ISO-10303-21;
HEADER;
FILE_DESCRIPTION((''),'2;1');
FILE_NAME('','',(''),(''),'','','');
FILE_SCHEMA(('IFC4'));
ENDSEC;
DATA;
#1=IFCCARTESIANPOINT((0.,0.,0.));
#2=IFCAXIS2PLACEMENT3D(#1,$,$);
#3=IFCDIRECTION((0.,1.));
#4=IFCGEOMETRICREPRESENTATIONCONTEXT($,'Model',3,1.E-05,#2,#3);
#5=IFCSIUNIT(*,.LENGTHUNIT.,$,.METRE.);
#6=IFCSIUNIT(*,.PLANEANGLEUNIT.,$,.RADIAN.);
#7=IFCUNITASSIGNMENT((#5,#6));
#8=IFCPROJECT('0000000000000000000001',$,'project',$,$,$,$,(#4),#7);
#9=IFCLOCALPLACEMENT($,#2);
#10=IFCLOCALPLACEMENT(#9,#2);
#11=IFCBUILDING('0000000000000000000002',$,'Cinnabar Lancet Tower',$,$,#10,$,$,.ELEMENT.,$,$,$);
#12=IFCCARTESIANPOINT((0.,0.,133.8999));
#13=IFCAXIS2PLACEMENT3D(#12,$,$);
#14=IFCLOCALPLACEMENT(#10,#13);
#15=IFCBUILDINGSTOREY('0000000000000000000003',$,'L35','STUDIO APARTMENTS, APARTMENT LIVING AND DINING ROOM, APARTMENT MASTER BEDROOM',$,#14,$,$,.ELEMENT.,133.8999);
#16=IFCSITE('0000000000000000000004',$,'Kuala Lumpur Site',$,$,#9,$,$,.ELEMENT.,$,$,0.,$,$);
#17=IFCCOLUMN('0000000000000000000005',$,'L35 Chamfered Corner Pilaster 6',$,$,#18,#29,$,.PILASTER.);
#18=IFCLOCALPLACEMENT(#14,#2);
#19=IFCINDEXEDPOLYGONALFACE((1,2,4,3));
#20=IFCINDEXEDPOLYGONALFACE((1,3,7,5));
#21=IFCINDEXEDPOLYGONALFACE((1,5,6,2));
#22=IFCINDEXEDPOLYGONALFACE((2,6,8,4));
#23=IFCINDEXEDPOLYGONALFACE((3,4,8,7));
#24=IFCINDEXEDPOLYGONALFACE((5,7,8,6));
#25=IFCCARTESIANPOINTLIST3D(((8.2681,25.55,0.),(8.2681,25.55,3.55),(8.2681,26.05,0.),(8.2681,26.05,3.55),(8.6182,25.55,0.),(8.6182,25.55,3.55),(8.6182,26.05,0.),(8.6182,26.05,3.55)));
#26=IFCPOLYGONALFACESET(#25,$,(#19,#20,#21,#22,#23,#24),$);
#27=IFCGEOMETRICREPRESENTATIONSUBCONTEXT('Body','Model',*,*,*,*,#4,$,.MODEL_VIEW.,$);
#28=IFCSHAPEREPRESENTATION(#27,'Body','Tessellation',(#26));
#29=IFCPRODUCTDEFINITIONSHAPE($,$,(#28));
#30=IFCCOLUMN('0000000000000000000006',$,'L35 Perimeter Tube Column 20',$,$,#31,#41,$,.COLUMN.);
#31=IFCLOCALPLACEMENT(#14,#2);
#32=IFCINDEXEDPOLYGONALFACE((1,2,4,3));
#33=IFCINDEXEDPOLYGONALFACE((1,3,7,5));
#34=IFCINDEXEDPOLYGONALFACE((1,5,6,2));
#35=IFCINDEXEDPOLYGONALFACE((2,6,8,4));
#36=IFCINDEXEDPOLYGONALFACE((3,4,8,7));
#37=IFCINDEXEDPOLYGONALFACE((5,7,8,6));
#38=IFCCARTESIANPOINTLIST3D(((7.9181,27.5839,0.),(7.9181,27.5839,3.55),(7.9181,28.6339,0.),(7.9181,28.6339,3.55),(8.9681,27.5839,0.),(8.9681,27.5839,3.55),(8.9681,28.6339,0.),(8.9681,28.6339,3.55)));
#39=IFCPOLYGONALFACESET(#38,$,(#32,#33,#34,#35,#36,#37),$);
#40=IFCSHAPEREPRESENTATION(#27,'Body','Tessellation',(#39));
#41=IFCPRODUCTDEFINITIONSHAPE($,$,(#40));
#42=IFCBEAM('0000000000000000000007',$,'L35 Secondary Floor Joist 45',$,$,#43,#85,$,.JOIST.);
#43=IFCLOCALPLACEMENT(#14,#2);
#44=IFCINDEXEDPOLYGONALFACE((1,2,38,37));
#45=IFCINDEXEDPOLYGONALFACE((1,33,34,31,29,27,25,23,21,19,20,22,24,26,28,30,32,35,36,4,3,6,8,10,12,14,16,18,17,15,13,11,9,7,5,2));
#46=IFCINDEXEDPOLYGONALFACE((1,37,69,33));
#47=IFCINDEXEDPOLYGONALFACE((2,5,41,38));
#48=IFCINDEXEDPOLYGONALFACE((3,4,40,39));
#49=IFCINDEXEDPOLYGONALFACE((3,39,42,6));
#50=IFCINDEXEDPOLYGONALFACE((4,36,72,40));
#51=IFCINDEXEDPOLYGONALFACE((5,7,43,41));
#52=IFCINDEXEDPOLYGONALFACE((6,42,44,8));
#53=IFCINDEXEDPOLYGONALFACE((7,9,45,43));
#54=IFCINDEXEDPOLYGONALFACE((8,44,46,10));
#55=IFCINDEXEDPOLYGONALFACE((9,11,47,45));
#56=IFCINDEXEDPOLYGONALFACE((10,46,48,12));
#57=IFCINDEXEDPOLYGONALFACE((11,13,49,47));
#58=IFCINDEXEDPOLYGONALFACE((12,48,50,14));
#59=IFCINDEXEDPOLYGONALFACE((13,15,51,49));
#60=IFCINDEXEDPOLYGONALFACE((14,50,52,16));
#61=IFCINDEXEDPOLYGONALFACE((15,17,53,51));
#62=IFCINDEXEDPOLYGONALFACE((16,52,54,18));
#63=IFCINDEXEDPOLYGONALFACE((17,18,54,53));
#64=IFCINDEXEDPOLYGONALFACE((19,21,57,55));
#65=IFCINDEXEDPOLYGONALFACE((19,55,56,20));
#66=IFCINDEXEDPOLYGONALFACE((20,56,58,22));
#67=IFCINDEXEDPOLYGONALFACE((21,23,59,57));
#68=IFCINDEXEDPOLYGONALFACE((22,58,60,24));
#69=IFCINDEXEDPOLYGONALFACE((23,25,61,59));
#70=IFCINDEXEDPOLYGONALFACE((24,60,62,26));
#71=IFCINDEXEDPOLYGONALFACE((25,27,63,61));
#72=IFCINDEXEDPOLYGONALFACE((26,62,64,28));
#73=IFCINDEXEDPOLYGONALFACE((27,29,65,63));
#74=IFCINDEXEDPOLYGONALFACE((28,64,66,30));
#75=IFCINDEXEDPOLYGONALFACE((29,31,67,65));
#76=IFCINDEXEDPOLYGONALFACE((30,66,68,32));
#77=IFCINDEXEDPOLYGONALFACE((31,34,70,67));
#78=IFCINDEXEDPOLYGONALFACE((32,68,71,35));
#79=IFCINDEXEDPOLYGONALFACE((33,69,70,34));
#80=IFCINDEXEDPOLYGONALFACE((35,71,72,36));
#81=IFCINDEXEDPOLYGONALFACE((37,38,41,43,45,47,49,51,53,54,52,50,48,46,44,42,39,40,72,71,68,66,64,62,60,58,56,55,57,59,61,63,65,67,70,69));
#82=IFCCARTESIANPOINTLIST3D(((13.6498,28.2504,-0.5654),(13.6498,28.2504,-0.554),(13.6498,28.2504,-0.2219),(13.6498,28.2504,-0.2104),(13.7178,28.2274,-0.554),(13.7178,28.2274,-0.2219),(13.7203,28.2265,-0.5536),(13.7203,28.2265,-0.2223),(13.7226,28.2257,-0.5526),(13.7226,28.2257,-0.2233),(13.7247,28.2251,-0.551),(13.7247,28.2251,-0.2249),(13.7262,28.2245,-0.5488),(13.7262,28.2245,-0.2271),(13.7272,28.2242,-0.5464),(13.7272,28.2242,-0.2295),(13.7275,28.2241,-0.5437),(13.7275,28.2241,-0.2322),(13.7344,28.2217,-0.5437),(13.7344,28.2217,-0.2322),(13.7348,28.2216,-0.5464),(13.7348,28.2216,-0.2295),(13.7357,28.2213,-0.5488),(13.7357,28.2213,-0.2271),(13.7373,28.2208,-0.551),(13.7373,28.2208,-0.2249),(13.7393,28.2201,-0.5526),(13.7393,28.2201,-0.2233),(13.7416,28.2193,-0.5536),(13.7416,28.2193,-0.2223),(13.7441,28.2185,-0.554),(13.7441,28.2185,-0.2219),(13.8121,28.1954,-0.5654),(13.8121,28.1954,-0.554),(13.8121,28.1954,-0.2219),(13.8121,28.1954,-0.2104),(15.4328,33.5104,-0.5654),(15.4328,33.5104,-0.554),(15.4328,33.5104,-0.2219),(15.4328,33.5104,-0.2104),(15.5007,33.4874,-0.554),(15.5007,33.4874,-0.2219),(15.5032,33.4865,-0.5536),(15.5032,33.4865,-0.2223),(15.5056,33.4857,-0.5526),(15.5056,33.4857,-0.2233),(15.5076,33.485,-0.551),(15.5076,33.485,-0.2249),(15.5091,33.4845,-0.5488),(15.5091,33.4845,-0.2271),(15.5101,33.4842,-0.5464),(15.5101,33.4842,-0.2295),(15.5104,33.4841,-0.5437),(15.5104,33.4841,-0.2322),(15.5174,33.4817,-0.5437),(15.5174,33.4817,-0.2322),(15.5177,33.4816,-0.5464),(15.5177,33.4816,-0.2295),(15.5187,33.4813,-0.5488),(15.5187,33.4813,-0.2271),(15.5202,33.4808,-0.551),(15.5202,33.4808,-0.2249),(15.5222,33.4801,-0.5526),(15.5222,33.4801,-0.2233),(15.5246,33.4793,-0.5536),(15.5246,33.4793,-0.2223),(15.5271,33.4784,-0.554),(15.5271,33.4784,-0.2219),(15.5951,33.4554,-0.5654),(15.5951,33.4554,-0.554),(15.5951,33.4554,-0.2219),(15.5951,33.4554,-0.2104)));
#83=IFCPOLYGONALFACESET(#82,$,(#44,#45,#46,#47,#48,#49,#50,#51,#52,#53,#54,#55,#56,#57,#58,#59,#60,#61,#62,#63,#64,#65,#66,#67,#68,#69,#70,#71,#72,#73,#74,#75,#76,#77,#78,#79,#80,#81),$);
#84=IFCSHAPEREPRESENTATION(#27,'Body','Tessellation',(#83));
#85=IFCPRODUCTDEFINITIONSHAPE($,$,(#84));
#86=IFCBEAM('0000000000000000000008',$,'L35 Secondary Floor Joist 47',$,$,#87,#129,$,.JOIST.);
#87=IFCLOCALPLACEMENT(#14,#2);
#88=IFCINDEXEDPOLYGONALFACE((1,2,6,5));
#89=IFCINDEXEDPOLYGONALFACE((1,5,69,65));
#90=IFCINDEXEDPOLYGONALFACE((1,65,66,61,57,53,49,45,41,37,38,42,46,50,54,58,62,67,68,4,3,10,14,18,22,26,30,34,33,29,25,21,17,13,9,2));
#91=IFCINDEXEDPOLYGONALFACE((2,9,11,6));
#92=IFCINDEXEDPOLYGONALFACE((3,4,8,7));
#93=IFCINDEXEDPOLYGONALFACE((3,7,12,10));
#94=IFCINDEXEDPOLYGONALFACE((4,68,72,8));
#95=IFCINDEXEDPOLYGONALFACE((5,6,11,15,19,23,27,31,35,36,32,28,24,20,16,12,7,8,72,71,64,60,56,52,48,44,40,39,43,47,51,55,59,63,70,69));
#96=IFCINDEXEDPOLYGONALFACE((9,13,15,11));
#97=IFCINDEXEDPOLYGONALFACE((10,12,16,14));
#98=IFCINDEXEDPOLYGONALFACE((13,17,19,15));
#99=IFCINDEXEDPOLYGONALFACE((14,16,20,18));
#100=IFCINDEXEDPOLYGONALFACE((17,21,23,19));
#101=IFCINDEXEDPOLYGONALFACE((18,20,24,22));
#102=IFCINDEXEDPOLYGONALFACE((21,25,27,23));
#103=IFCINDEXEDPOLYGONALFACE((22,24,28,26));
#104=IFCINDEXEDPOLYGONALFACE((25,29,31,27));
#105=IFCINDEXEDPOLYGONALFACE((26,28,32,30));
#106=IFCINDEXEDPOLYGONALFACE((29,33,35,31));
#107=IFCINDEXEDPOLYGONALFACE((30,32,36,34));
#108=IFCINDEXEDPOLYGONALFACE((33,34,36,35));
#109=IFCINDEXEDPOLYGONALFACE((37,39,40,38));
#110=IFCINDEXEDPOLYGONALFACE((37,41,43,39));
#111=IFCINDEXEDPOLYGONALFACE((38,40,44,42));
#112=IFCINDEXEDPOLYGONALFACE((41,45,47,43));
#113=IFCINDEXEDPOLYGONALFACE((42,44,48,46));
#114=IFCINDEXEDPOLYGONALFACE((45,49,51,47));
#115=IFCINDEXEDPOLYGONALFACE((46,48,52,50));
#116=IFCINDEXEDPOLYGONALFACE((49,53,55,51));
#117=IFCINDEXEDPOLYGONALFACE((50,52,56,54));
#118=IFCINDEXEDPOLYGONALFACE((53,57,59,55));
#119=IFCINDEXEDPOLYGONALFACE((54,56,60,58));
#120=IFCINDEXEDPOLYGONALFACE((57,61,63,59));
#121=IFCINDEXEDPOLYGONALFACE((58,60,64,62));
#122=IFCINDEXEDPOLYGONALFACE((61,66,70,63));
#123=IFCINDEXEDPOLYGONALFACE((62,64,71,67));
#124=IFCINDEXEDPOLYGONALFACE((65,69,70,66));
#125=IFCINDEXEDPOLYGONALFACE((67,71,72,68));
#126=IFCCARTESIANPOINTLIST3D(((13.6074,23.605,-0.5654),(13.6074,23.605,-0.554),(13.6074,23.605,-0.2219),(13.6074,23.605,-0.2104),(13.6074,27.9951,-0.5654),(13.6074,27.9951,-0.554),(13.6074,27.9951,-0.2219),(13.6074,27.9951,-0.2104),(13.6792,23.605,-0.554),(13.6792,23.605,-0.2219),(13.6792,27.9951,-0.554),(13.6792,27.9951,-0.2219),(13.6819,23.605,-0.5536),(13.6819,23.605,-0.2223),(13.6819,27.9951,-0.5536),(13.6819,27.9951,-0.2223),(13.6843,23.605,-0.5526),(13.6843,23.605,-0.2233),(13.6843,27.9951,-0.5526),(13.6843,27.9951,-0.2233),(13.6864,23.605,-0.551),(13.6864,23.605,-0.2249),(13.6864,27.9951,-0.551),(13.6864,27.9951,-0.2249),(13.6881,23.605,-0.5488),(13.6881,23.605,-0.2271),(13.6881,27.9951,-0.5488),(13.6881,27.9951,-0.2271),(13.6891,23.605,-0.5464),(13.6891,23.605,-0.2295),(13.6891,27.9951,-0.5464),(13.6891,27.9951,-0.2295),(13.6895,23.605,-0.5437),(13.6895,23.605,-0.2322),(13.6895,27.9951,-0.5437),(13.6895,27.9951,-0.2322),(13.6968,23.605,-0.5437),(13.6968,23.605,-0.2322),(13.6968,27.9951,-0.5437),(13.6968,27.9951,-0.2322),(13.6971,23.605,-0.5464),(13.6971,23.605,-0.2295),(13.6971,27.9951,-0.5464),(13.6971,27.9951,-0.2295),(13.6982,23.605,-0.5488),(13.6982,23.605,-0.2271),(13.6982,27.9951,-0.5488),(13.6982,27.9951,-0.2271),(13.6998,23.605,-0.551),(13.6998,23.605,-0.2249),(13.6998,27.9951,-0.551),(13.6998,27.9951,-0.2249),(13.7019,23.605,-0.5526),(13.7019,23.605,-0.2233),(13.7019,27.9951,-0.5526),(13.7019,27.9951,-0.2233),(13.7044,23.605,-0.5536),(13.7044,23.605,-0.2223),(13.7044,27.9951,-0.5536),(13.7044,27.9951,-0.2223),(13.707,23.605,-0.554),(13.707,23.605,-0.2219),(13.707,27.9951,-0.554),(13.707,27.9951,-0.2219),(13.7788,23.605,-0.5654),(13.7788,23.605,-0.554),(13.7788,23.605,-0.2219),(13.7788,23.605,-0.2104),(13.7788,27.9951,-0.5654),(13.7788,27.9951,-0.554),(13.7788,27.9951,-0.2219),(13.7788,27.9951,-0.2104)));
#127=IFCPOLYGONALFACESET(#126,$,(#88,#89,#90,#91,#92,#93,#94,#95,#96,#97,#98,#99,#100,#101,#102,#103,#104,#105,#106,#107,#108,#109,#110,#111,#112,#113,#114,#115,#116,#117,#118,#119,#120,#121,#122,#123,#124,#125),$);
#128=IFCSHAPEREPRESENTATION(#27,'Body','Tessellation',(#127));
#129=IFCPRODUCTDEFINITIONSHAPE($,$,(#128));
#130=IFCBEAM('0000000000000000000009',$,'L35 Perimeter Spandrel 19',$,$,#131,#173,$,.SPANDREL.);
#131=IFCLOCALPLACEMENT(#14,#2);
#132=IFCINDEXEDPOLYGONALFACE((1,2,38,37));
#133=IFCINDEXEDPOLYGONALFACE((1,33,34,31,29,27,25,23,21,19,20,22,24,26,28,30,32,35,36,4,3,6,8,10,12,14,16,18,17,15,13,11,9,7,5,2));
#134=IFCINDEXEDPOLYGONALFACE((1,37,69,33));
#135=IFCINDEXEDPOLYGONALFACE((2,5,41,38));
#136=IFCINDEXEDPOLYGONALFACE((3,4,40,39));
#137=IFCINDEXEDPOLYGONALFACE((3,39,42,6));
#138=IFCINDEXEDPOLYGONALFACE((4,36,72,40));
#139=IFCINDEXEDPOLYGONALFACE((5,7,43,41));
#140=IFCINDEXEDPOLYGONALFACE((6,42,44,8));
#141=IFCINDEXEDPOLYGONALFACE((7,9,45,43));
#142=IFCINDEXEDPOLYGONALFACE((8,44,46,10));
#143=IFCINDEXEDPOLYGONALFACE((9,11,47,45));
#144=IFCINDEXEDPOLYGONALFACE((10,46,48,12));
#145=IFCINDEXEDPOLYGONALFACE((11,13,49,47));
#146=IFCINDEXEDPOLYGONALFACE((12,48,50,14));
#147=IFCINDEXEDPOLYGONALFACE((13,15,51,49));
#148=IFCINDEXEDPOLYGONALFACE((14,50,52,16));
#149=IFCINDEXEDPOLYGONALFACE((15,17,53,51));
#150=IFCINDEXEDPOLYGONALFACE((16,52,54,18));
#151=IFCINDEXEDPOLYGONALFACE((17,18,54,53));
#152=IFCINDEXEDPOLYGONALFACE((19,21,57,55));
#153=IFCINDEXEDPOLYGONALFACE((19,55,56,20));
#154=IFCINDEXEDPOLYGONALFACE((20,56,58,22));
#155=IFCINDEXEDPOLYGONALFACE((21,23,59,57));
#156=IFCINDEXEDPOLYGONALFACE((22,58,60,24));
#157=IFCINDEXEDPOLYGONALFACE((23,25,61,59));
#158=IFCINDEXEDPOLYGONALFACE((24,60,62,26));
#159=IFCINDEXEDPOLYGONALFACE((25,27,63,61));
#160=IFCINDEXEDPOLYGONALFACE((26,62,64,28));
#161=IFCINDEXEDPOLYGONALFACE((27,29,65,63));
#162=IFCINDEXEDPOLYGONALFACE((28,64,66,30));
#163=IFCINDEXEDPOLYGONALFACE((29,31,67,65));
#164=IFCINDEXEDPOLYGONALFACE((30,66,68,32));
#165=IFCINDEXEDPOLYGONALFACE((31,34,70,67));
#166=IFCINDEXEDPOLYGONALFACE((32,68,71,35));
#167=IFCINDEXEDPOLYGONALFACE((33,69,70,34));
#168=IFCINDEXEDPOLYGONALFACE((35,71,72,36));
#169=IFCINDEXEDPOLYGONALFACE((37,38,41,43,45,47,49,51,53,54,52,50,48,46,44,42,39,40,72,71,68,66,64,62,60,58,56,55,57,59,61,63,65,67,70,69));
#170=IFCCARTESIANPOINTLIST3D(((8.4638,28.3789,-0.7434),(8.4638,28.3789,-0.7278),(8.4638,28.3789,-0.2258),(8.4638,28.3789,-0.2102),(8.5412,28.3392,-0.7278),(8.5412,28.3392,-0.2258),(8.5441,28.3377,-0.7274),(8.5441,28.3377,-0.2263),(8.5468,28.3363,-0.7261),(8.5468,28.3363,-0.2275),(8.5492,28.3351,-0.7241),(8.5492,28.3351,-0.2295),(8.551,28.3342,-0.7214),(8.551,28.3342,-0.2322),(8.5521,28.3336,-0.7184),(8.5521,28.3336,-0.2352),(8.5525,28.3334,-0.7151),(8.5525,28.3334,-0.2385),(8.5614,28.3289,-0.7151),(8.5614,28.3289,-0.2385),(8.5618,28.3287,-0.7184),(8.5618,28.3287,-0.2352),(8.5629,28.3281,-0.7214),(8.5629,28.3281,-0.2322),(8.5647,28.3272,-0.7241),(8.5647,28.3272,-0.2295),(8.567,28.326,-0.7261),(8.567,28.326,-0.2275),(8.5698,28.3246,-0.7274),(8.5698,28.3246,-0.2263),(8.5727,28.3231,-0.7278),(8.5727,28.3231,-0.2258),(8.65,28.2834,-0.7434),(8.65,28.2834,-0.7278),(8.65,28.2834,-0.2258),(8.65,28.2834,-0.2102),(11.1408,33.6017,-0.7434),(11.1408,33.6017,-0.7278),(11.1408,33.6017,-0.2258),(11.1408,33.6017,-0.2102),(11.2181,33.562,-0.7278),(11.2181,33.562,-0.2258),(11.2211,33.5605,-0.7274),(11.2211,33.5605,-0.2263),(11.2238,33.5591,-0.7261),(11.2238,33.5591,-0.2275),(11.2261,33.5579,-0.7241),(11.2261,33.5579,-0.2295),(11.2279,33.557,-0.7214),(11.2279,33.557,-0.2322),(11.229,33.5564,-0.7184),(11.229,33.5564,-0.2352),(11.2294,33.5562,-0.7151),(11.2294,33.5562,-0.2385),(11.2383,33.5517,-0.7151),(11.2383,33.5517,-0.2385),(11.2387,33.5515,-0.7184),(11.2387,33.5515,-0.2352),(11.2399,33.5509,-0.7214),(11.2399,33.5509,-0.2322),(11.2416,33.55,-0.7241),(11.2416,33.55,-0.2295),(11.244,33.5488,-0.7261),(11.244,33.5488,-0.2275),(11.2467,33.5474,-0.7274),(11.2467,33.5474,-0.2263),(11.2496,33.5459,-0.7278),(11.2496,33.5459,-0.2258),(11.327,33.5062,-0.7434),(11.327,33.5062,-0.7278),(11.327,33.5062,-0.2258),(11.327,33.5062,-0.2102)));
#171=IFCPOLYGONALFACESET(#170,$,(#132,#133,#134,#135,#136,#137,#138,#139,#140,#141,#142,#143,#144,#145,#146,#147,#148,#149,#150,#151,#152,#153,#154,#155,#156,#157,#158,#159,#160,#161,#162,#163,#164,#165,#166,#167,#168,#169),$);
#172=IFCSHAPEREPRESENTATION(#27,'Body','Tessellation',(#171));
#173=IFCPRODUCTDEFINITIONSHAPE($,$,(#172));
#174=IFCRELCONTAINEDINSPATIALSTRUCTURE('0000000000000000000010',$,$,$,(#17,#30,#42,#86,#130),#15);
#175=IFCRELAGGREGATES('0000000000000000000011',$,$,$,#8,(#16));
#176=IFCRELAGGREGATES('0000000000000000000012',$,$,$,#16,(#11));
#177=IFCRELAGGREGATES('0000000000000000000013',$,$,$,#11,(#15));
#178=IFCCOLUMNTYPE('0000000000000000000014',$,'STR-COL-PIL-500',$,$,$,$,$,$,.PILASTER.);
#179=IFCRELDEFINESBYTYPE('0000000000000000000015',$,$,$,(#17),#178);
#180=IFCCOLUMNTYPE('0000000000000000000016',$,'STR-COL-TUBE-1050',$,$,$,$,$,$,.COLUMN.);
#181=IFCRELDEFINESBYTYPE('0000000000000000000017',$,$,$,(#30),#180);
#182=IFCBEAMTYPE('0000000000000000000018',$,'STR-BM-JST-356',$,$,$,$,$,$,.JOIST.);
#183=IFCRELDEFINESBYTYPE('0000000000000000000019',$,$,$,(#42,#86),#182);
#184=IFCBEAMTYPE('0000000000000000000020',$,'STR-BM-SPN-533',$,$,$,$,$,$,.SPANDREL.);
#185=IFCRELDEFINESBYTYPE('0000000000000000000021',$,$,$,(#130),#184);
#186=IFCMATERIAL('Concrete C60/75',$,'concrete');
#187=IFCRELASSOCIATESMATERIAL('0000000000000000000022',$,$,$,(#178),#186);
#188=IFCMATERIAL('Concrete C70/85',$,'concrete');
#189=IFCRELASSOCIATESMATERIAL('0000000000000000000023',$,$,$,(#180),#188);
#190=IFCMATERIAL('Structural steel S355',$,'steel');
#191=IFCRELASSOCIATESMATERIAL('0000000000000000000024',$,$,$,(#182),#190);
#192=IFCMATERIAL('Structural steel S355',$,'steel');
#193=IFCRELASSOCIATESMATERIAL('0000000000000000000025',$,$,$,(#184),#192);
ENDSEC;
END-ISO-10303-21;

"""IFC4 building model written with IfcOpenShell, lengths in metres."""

from ifc_helpers import new_model, si_unit, direction, frame, origin, origin_2d, place, context, subcontext, project, spatial, rectangle, i_section, extrude, material, material_profile, profile_set, type_object, element, save


model = new_model("IFC4")

# Units and contexts
model_context = context("Model", 3, precision=1e-05, world=origin(), true_north=direction((0.0, 1.0)))
body_context = subcontext(model_context, "Body", "Model", "MODEL_VIEW")
ifc_project = project(units=[si_unit("LENGTHUNIT", "METRE"), si_unit("PLANEANGLEUNIT", "RADIAN")], contexts=[model_context])

# Site, building, storey
site_placement = place(None, origin())
site = spatial("IfcSite", under=ifc_project, at=site_placement, Name="Kuala Lumpur Site", CompositionType="ELEMENT", RefElevation=0.0)
building_placement = place(site_placement, origin())
building = spatial("IfcBuilding", under=site, at=building_placement, Name="Cinnabar Lancet Tower", CompositionType="ELEMENT")
storey_placement = place(building_placement, frame((0.0, 0.0, 133.8999)))
storey = spatial("IfcBuildingStorey", under=building, at=storey_placement, Name="L35", Description="STUDIO APARTMENTS, APARTMENT LIVING AND DINING ROOM, APARTMENT MASTER BEDROOM", CompositionType="ELEMENT", Elevation=133.8999)

# Columns
ifc_material_1 = material(Name="Concrete C60/75", Category="concrete")
ifc_material_profile_1 = material_profile(ifc_material_1, rectangle(XDim=0.5, YDim=0.3501, at=origin_2d()), Name="RC-PIL 500x350")
ifc_profile_set_1 = profile_set([ifc_material_profile_1], Name="Concrete C60/75")
column_type_1 = type_object("IfcColumnType", Name="STR-COL-PIL-500", PredefinedType="PILASTER", material=ifc_profile_set_1)
column_1_placement = place(storey_placement, frame((8.4431, 25.8, 0.0), z_axis=(0.0, 0.0, 1.0), x_axis=(0.0, -1.0, 0.0)))
element("IfcColumn", 1, at=column_1_placement, inside=storey, type_object=column_type_1, Name="L35 Chamfered Corner Pilaster 6", PredefinedType="PILASTER", context=body_context, shape_type="SweptSolid", body=[
    extrude(rectangle(XDim=0.5, YDim=0.3501, at=origin_2d()), origin(), (0.0, 0.0, 1.0), 3.55),
])
ifc_material_2 = material(Name="Concrete C70/85", Category="concrete")
ifc_material_profile_2 = material_profile(ifc_material_2, rectangle(XDim=1.05, YDim=1.05, at=origin_2d()), Name="RC-COL 1050x1050")
ifc_profile_set_2 = profile_set([ifc_material_profile_2], Name="Concrete C70/85")
column_type_2 = type_object("IfcColumnType", Name="STR-COL-TUBE-1050", PredefinedType="COLUMN", material=ifc_profile_set_2)
column_2_placement = place(storey_placement, frame((8.4431, 28.1089, 0.0), z_axis=(0.0, 0.0, 1.0), x_axis=(1.0, 0.0, 0.0)))
element("IfcColumn", 2, at=column_2_placement, inside=storey, type_object=column_type_2, Name="L35 Perimeter Tube Column 20", PredefinedType="COLUMN", context=body_context, shape_type="SweptSolid", body=[
    extrude(rectangle(XDim=1.05, YDim=1.05, at=origin_2d()), origin(), (0.0, 0.0, 1.0), 3.55),
])

# Beams
ifc_material_3 = material(Name="Structural steel S355", Category="steel")
ifc_material_profile_3 = material_profile(ifc_material_3, i_section(OverallWidth=0.1714, OverallDepth=0.355, WebThickness=0.0073, FlangeThickness=0.0115, FilletRadius=0.0103, at=origin_2d()), Name="UKB 356x171x51")
ifc_profile_set_3 = profile_set([ifc_material_profile_3], Name="Structural steel S355")
beam_type_1 = type_object("IfcBeamType", Name="STR-BM-JST-356", PredefinedType="JOIST", material=ifc_profile_set_3)
beam_1_placement = place(storey_placement, frame((15.5139, 33.4829, -0.3879), z_axis=(-0.321024, -0.947071, 0.0), x_axis=(0.947071, -0.321024, 0.0)))
element("IfcBeam", 3, at=beam_1_placement, inside=storey, type_object=beam_type_1, Name="L35 Secondary Floor Joist 45", PredefinedType="JOIST", context=body_context, shape_type="SweptSolid", body=[
    extrude(i_section(OverallWidth=0.1714, OverallDepth=0.355, WebThickness=0.0073, FlangeThickness=0.0115, FilletRadius=0.0103, at=origin_2d()), origin(), (0.0, 0.0, 1.0), 5.554),
])
beam_2_placement = place(storey_placement, frame((13.6931, 27.9951, -0.3879), z_axis=(0.0, -1.0, 0.0), x_axis=(1.0, 0.0, 0.0)))
element("IfcBeam", 4, at=beam_2_placement, inside=storey, type_object=beam_type_1, Name="L35 Secondary Floor Joist 47", PredefinedType="JOIST", context=body_context, shape_type="SweptSolid", body=[
    extrude(i_section(OverallWidth=0.1714, OverallDepth=0.355, WebThickness=0.0073, FlangeThickness=0.0115, FilletRadius=0.0103, at=origin_2d()), origin(), (0.0, 0.0, 1.0), 4.3901),
])
ifc_material_4 = material(Name="Structural steel S355", Category="steel")
ifc_material_profile_4 = material_profile(ifc_material_4, i_section(OverallWidth=0.2092, OverallDepth=0.5332, WebThickness=0.01, FlangeThickness=0.0156, FilletRadius=0.0127, at=origin_2d()), Name="UKB 533x210x92")
ifc_profile_set_4 = profile_set([ifc_material_profile_4], Name="Structural steel S355")
beam_type_2 = type_object("IfcBeamType", Name="STR-BM-SPN-533", PredefinedType="SPANDREL", material=ifc_profile_set_4)
beam_3_placement = place(storey_placement, frame((11.2339, 33.554, -0.4768), z_axis=(-0.456127, -0.889915, 0.0), x_axis=(0.889915, -0.456127, 0.0)))
element("IfcBeam", 5, at=beam_3_placement, inside=storey, type_object=beam_type_2, Name="L35 Perimeter Spandrel 19", PredefinedType="SPANDREL", context=body_context, shape_type="SweptSolid", body=[
    extrude(i_section(OverallWidth=0.2092, OverallDepth=0.5332, WebThickness=0.01, FlangeThickness=0.0156, FilletRadius=0.0127, at=origin_2d()), origin(), (0.0, 0.0, 1.0), 5.8689),
])

save(model, "model.ifc")
